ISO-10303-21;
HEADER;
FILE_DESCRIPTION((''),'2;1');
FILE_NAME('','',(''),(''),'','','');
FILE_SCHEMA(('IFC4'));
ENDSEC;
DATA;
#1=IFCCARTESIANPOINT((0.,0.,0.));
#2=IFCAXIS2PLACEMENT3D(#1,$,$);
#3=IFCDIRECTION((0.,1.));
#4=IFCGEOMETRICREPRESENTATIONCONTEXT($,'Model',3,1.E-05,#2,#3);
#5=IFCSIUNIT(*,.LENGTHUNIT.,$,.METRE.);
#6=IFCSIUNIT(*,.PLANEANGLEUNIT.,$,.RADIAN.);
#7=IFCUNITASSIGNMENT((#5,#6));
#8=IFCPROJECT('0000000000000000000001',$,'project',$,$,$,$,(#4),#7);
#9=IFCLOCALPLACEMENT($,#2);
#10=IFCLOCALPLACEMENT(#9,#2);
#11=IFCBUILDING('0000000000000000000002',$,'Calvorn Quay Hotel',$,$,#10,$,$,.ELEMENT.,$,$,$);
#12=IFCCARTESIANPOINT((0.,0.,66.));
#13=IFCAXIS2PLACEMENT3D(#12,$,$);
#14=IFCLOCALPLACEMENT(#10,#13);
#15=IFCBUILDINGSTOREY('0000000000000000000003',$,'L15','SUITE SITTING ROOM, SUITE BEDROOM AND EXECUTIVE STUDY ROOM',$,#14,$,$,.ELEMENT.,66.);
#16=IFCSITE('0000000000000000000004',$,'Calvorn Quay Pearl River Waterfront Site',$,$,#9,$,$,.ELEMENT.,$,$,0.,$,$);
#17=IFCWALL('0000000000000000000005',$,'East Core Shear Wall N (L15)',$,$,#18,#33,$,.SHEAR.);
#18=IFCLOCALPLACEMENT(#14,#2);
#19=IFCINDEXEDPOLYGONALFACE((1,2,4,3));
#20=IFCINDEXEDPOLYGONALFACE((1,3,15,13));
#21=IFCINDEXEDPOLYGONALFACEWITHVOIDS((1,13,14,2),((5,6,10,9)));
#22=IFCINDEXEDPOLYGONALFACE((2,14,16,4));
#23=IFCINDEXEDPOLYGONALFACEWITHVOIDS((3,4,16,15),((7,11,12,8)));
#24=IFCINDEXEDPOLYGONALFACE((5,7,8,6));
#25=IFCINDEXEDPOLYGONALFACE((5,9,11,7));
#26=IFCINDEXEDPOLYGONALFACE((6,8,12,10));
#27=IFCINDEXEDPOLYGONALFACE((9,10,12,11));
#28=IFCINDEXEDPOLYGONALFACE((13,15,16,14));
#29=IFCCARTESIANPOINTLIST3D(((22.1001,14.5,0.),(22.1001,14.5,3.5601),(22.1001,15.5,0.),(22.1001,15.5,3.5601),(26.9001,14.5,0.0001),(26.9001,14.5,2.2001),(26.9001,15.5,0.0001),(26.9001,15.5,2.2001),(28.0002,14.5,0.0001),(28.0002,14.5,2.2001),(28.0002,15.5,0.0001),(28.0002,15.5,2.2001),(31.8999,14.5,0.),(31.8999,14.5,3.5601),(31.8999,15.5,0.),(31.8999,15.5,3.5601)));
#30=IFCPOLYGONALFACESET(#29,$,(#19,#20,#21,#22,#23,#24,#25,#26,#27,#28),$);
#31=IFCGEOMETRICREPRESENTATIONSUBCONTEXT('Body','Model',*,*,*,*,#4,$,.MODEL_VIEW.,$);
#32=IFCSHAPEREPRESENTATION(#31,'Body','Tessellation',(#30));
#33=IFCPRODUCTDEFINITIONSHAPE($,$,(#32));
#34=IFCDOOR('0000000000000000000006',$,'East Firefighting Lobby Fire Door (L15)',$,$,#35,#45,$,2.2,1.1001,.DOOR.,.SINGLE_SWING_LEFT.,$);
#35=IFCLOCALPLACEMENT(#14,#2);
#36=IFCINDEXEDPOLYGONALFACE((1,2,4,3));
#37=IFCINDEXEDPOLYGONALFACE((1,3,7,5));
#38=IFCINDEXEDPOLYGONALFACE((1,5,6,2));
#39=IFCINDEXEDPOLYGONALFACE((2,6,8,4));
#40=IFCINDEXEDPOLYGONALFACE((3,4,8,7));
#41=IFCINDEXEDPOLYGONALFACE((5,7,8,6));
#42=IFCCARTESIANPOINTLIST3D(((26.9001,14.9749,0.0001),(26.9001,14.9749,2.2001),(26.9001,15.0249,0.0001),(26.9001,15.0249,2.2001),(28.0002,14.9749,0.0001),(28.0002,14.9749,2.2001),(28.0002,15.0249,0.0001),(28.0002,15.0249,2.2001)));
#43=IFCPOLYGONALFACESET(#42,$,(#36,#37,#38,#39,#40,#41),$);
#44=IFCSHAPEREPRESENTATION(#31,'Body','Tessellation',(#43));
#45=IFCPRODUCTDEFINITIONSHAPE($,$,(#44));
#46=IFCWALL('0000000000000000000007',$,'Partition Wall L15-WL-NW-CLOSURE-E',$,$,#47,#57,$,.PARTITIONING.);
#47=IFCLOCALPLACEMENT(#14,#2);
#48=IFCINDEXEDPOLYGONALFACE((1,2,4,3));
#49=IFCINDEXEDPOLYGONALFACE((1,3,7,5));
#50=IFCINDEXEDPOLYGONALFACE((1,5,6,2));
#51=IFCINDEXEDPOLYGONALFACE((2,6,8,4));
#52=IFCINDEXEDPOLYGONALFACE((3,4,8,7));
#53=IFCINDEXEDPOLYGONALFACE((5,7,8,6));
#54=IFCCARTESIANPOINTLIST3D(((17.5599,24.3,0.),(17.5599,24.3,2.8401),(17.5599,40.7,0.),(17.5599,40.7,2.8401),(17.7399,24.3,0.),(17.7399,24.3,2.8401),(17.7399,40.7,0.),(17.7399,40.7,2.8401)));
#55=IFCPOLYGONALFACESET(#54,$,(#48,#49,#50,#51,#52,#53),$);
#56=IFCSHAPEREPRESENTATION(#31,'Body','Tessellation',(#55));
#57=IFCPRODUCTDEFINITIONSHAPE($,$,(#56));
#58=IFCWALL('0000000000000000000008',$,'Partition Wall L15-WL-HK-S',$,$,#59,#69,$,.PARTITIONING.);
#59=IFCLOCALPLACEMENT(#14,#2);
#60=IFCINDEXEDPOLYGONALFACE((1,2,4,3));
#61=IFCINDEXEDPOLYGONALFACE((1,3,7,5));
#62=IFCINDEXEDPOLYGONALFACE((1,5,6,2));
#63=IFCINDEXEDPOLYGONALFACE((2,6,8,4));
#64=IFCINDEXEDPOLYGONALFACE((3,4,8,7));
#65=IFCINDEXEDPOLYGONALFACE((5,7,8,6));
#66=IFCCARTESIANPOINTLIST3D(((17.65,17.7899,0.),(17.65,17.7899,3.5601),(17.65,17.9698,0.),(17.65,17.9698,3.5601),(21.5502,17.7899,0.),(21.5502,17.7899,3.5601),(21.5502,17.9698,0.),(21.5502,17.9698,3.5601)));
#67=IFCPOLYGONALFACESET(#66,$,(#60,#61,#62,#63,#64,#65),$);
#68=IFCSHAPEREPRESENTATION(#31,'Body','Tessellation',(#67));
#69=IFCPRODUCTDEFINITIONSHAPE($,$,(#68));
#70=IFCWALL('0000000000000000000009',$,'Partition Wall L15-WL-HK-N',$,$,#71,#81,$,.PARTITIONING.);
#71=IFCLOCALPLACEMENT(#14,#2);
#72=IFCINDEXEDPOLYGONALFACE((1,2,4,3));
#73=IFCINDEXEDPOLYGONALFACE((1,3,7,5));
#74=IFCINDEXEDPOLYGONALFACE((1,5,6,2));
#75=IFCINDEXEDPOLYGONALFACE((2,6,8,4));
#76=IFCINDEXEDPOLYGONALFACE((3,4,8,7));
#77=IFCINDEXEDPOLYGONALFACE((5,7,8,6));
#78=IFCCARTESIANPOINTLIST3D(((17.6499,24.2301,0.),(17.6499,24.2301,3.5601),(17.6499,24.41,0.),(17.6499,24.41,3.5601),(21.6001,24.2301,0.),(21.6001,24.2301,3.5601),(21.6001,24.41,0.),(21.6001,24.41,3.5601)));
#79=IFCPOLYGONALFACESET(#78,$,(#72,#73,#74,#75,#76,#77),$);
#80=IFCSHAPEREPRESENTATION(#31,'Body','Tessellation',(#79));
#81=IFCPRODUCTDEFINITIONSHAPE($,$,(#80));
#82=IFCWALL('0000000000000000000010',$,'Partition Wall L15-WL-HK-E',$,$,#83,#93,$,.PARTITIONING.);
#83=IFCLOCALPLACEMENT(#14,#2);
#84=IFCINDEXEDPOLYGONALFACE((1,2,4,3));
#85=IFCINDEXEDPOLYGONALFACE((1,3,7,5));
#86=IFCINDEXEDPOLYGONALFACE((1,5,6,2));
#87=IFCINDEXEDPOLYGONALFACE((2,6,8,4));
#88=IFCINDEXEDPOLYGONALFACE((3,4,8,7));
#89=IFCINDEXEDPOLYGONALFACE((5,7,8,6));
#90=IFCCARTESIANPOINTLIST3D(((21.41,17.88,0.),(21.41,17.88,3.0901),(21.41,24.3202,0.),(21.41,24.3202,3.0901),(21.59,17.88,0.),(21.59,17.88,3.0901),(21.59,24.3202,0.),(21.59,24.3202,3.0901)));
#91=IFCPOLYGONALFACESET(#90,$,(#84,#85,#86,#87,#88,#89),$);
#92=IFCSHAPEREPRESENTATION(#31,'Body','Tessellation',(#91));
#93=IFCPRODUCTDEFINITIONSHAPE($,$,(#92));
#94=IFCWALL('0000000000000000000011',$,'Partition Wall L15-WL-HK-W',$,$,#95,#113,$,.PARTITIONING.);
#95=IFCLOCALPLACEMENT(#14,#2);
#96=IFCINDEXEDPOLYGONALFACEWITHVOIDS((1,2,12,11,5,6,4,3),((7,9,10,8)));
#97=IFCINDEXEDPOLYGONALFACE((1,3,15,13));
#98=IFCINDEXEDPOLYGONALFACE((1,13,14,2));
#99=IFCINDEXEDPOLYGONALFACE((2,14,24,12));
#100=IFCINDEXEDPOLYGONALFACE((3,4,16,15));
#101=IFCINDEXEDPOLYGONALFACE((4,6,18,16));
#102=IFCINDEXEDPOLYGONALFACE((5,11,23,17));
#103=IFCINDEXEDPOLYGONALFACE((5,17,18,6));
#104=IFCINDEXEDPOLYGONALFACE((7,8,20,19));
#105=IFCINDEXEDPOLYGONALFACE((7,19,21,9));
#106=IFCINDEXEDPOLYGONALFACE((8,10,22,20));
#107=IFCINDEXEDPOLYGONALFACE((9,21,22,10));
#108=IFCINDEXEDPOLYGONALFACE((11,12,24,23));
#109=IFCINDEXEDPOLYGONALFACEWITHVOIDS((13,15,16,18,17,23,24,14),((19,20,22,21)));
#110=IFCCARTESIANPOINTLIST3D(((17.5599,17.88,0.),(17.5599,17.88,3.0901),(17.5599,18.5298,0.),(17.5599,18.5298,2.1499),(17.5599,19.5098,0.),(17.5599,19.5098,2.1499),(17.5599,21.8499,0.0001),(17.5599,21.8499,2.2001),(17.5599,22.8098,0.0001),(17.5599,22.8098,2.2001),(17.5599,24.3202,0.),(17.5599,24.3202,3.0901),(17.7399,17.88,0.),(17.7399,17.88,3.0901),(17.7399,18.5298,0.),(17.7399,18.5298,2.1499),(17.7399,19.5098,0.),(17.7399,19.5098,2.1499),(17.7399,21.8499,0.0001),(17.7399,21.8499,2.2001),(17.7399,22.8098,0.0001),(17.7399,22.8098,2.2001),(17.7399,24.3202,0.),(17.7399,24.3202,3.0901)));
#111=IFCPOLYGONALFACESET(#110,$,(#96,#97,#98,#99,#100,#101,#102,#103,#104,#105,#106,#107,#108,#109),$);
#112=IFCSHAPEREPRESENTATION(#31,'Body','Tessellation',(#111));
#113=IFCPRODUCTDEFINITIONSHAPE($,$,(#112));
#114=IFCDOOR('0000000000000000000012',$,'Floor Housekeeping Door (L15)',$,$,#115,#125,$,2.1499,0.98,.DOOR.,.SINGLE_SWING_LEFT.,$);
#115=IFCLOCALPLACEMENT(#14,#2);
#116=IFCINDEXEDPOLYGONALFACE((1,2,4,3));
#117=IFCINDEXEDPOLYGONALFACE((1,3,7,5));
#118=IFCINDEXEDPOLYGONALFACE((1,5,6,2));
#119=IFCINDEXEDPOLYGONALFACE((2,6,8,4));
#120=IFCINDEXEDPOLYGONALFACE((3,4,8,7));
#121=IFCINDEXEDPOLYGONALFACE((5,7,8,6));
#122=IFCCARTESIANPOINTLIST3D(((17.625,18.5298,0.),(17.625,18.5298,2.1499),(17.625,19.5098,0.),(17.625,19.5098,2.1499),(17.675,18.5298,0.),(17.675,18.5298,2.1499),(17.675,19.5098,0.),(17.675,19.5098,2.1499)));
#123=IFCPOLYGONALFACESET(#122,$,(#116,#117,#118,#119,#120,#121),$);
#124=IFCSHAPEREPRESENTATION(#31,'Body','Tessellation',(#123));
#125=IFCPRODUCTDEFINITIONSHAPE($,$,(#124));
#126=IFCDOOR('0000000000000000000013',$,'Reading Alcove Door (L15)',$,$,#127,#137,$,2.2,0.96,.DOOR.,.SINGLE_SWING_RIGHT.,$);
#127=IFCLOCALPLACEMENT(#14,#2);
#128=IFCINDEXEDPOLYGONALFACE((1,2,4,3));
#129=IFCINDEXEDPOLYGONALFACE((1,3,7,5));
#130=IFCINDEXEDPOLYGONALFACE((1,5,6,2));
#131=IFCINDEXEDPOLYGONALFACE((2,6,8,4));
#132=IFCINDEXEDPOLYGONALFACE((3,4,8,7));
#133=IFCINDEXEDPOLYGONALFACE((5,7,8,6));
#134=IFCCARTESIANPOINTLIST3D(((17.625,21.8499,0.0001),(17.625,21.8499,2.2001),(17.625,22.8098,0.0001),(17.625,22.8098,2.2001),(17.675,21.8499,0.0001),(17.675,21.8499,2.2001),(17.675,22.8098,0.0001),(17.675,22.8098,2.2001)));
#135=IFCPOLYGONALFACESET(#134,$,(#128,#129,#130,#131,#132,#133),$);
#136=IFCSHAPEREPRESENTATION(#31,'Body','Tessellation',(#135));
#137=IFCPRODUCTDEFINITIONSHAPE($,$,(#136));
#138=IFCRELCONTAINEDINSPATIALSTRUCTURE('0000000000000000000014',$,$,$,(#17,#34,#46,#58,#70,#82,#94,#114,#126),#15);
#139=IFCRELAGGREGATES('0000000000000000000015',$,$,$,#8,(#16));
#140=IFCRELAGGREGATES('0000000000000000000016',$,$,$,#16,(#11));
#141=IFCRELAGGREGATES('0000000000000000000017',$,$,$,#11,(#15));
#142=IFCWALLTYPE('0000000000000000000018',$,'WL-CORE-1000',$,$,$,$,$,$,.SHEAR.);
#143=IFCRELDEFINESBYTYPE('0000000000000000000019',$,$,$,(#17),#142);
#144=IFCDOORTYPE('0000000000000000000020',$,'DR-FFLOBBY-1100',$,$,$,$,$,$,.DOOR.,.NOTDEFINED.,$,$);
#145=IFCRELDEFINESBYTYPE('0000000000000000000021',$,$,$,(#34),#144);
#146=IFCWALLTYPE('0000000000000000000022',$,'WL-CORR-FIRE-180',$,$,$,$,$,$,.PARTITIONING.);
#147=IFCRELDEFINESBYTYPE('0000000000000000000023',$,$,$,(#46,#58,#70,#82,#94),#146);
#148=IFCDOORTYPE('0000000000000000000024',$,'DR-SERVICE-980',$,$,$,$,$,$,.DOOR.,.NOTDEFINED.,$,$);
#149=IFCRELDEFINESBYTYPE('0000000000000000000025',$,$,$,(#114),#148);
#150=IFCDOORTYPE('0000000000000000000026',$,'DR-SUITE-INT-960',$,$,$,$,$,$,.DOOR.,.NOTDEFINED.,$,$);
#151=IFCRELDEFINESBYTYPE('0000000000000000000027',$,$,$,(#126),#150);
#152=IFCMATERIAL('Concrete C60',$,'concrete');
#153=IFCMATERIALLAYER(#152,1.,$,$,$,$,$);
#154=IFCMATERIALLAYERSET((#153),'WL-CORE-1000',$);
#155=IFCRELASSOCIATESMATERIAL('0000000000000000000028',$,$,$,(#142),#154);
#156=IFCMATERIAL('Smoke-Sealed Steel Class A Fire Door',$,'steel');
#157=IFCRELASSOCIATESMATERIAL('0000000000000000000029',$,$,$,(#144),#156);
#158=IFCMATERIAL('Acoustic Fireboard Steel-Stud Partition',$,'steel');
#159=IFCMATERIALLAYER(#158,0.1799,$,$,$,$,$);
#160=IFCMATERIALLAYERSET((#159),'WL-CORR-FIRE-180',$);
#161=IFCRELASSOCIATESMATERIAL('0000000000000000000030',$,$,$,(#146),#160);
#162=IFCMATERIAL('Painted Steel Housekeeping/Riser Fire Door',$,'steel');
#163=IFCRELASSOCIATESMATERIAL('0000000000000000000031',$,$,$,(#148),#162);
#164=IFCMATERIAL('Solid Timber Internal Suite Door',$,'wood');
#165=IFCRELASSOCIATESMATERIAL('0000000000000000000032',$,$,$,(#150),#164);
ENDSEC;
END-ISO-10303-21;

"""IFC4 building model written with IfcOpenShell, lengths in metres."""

from ifc_helpers import new_model, si_unit, direction, frame, frame_2d, origin, place, context, subcontext, project, spatial, rectangle, extrude, material, layer, layer_set, type_object, element, fill, save


model = new_model("IFC4")

# Units and contexts
model_context = context("Model", 3, precision=1e-05, world=origin(), true_north=direction((0.0, 1.0)))
body_context = subcontext(model_context, "Body", "Model", "MODEL_VIEW")
ifc_project = project(units=[si_unit("LENGTHUNIT", "METRE"), si_unit("PLANEANGLEUNIT", "RADIAN")], contexts=[model_context])

# Site, building, storey
site_placement = place(None, origin())
site = spatial("IfcSite", under=ifc_project, at=site_placement, Name="Calvorn Quay Pearl River Waterfront Site", CompositionType="ELEMENT", RefElevation=0.0)
building_placement = place(site_placement, origin())
building = spatial("IfcBuilding", under=site, at=building_placement, Name="Calvorn Quay Hotel", CompositionType="ELEMENT")
storey_placement = place(building_placement, frame((0.0, 0.0, 66.0)))
storey = spatial("IfcBuildingStorey", under=building, at=storey_placement, Name="L15", Description="SUITE SITTING ROOM, SUITE BEDROOM AND EXECUTIVE STUDY ROOM", CompositionType="ELEMENT", Elevation=66.0)

# Wall, opening, door
ifc_material_1 = material(Name="Concrete C60", Category="concrete")
ifc_layer_1 = layer(ifc_material_1, 1.0)
ifc_layer_set_1 = layer_set([ifc_layer_1], Name="WL-CORE-1000")
wall_type_1 = type_object("IfcWallType", Name="WL-CORE-1000", PredefinedType="SHEAR", material=ifc_layer_set_1)
wall_1_placement = place(storey_placement, frame((22.1001, 15.0, 0.0), z_axis=(0.0, 0.0, 1.0), x_axis=(1.0, 0.0, 0.0)))
wall_1 = element("IfcWall", 1, at=wall_1_placement, inside=storey, type_object=wall_type_1, Name="East Core Shear Wall N (L15)", PredefinedType="SHEAR", context=body_context, shape_type="SweptSolid", body=[
    extrude(rectangle(XDim=9.7998, YDim=1.0, at=frame_2d((4.8999, 0.0))), origin(), (0.0, 0.0, 1.0), 3.5601),
])
opening_1_placement = place(wall_1_placement, frame((4.8, 0.0, 0.0)))
opening_1 = element("IfcOpeningElement", 2, at=opening_1_placement, cuts=wall_1, PredefinedType="OPENING", context=body_context, shape_type="SweptSolid", body=[
    extrude(rectangle(XDim=1.1001, YDim=2.2, at=frame_2d((0.55, 1.1001))), frame((0.0, 0.51, 0.0), z_axis=(0.0, -1.0, 0.0), x_axis=(1.0, 0.0, 0.0)), (0.0, 0.0, 1.0), 1.02),
])
ifc_material_2 = material(Name="Smoke-Sealed Steel Class A Fire Door", Category="steel")
door_type_1 = type_object("IfcDoorType", Name="DR-FFLOBBY-1100", OperationType="NOTDEFINED", PredefinedType="DOOR", material=ifc_material_2)
door_1_placement = place(opening_1_placement, origin())
door_1 = element("IfcDoor", 3, at=door_1_placement, inside=storey, type_object=door_type_1, Name="East Firefighting Lobby Fire Door (L15)", OperationType="SINGLE_SWING_LEFT", OverallHeight=2.2, OverallWidth=1.1001, PredefinedType="DOOR", context=body_context, shape_type="SweptSolid", body=[
    extrude(rectangle(XDim=1.1001, YDim=2.2, at=frame_2d((0.55, 1.1001))), frame((0.0, 0.0249, 0.0), z_axis=(0.0, -1.0, 0.0), x_axis=(1.0, 0.0, 0.0)), (0.0, 0.0, 1.0), 0.05),
])
fill(opening_1, door_1)

# Walls
ifc_material_3 = material(Name="Acoustic Fireboard Steel-Stud Partition", Category="steel")
ifc_layer_2 = layer(ifc_material_3, 0.1799)
ifc_layer_set_2 = layer_set([ifc_layer_2], Name="WL-CORR-FIRE-180")
wall_type_2 = type_object("IfcWallType", Name="WL-CORR-FIRE-180", PredefinedType="PARTITIONING", material=ifc_layer_set_2)
wall_2_placement = place(storey_placement, frame((17.6499, 24.3, 0.0), z_axis=(0.0, 0.0, 1.0), x_axis=(0.0, 1.0, 0.0)))
element("IfcWall", 4, at=wall_2_placement, inside=storey, type_object=wall_type_2, Name="Partition Wall L15-WL-NW-CLOSURE-E", PredefinedType="PARTITIONING", context=body_context, shape_type="SweptSolid", body=[
    extrude(rectangle(XDim=16.3999, YDim=0.1799, at=frame_2d((8.2, 0.0))), origin(), (0.0, 0.0, 1.0), 2.8401),
])
wall_3_placement = place(storey_placement, frame((17.6499, 17.8799, 0.0), z_axis=(0.0, 0.0, 1.0), x_axis=(1.0, 0.0, 0.0)))
element("IfcWall", 5, at=wall_3_placement, inside=storey, type_object=wall_type_2, Name="Partition Wall L15-WL-HK-S", PredefinedType="PARTITIONING", context=body_context, shape_type="SweptSolid", body=[
    extrude(rectangle(XDim=3.9001, YDim=0.1799, at=frame_2d((1.9502, 0.0))), origin(), (0.0, 0.0, 1.0), 3.5601),
])
wall_4_placement = place(storey_placement, frame((17.6499, 24.3201, 0.0), z_axis=(0.0, 0.0, 1.0), x_axis=(1.0, 0.0, 0.0)))
element("IfcWall", 6, at=wall_4_placement, inside=storey, type_object=wall_type_2, Name="Partition Wall L15-WL-HK-N", PredefinedType="PARTITIONING", context=body_context, shape_type="SweptSolid", body=[
    extrude(rectangle(XDim=3.9502, YDim=0.1799, at=frame_2d((1.9751, 0.0))), origin(), (0.0, 0.0, 1.0), 3.5601),
])
wall_5_placement = place(storey_placement, frame((21.5, 17.8799, 0.0), z_axis=(0.0, 0.0, 1.0), x_axis=(0.0, 1.0, 0.0)))
element("IfcWall", 7, at=wall_5_placement, inside=storey, type_object=wall_type_2, Name="Partition Wall L15-WL-HK-E", PredefinedType="PARTITIONING", context=body_context, shape_type="SweptSolid", body=[
    extrude(rectangle(XDim=6.4402, YDim=0.1799, at=frame_2d((3.2202, 0.0))), origin(), (0.0, 0.0, 1.0), 3.0901),
])

# Wall, openings, doors
wall_6_placement = place(storey_placement, frame((17.6499, 17.8799, 0.0), z_axis=(0.0, 0.0, 1.0), x_axis=(0.0, 1.0, 0.0)))
wall_6 = element("IfcWall", 8, at=wall_6_placement, inside=storey, type_object=wall_type_2, Name="Partition Wall L15-WL-HK-W", PredefinedType="PARTITIONING", context=body_context, shape_type="SweptSolid", body=[
    extrude(rectangle(XDim=6.4402, YDim=0.1799, at=frame_2d((3.2202, 0.0))), origin(), (0.0, 0.0, 1.0), 3.0901),
])
opening_2_placement = place(wall_6_placement, frame((0.6499, 0.0, 0.0)))
opening_2 = element("IfcOpeningElement", 9, at=opening_2_placement, cuts=wall_6, PredefinedType="OPENING", context=body_context, shape_type="SweptSolid", body=[
    extrude(rectangle(XDim=0.98, YDim=2.1499, at=frame_2d((0.49, 1.075))), frame((0.0, 0.0999, 0.0), z_axis=(0.0, -1.0, 0.0), x_axis=(1.0, 0.0, 0.0)), (0.0, 0.0, 1.0), 0.2),
])
opening_3_placement = place(wall_6_placement, frame((3.97, 0.0, 0.0)))
opening_3 = element("IfcOpeningElement", 10, at=opening_3_placement, cuts=wall_6, PredefinedType="OPENING", context=body_context, shape_type="SweptSolid", body=[
    extrude(rectangle(XDim=0.96, YDim=2.2, at=frame_2d((0.48, 1.1001))), frame((0.0, 0.0999, 0.0), z_axis=(0.0, -1.0, 0.0), x_axis=(1.0, 0.0, 0.0)), (0.0, 0.0, 1.0), 0.2),
])
ifc_material_4 = material(Name="Painted Steel Housekeeping/Riser Fire Door", Category="steel")
door_type_2 = type_object("IfcDoorType", Name="DR-SERVICE-980", OperationType="NOTDEFINED", PredefinedType="DOOR", material=ifc_material_4)
door_2_placement = place(opening_2_placement, origin())
door_2 = element("IfcDoor", 11, at=door_2_placement, inside=storey, type_object=door_type_2, Name="Floor Housekeeping Door (L15)", OperationType="SINGLE_SWING_LEFT", OverallHeight=2.1499, OverallWidth=0.98, PredefinedType="DOOR", context=body_context, shape_type="SweptSolid", body=[
    extrude(rectangle(XDim=0.98, YDim=2.1499, at=frame_2d((0.49, 1.075))), frame((0.0, 0.0249, 0.0), z_axis=(0.0, -1.0, 0.0), x_axis=(1.0, 0.0, 0.0)), (0.0, 0.0, 1.0), 0.05),
])
fill(opening_2, door_2)
ifc_material_5 = material(Name="Solid Timber Internal Suite Door", Category="wood")
door_type_3 = type_object("IfcDoorType", Name="DR-SUITE-INT-960", OperationType="NOTDEFINED", PredefinedType="DOOR", material=ifc_material_5)
door_3_placement = place(opening_3_placement, origin())
door_3 = element("IfcDoor", 12, at=door_3_placement, inside=storey, type_object=door_type_3, Name="Reading Alcove Door (L15)", OperationType="SINGLE_SWING_RIGHT", OverallHeight=2.2, OverallWidth=0.96, PredefinedType="DOOR", context=body_context, shape_type="SweptSolid", body=[
    extrude(rectangle(XDim=0.96, YDim=2.2, at=frame_2d((0.48, 1.1001))), frame((0.0, 0.0249, 0.0), z_axis=(0.0, -1.0, 0.0), x_axis=(1.0, 0.0, 0.0)), (0.0, 0.0, 1.0), 0.05),
])
fill(opening_3, door_3)

save(model, "model.ifc")
